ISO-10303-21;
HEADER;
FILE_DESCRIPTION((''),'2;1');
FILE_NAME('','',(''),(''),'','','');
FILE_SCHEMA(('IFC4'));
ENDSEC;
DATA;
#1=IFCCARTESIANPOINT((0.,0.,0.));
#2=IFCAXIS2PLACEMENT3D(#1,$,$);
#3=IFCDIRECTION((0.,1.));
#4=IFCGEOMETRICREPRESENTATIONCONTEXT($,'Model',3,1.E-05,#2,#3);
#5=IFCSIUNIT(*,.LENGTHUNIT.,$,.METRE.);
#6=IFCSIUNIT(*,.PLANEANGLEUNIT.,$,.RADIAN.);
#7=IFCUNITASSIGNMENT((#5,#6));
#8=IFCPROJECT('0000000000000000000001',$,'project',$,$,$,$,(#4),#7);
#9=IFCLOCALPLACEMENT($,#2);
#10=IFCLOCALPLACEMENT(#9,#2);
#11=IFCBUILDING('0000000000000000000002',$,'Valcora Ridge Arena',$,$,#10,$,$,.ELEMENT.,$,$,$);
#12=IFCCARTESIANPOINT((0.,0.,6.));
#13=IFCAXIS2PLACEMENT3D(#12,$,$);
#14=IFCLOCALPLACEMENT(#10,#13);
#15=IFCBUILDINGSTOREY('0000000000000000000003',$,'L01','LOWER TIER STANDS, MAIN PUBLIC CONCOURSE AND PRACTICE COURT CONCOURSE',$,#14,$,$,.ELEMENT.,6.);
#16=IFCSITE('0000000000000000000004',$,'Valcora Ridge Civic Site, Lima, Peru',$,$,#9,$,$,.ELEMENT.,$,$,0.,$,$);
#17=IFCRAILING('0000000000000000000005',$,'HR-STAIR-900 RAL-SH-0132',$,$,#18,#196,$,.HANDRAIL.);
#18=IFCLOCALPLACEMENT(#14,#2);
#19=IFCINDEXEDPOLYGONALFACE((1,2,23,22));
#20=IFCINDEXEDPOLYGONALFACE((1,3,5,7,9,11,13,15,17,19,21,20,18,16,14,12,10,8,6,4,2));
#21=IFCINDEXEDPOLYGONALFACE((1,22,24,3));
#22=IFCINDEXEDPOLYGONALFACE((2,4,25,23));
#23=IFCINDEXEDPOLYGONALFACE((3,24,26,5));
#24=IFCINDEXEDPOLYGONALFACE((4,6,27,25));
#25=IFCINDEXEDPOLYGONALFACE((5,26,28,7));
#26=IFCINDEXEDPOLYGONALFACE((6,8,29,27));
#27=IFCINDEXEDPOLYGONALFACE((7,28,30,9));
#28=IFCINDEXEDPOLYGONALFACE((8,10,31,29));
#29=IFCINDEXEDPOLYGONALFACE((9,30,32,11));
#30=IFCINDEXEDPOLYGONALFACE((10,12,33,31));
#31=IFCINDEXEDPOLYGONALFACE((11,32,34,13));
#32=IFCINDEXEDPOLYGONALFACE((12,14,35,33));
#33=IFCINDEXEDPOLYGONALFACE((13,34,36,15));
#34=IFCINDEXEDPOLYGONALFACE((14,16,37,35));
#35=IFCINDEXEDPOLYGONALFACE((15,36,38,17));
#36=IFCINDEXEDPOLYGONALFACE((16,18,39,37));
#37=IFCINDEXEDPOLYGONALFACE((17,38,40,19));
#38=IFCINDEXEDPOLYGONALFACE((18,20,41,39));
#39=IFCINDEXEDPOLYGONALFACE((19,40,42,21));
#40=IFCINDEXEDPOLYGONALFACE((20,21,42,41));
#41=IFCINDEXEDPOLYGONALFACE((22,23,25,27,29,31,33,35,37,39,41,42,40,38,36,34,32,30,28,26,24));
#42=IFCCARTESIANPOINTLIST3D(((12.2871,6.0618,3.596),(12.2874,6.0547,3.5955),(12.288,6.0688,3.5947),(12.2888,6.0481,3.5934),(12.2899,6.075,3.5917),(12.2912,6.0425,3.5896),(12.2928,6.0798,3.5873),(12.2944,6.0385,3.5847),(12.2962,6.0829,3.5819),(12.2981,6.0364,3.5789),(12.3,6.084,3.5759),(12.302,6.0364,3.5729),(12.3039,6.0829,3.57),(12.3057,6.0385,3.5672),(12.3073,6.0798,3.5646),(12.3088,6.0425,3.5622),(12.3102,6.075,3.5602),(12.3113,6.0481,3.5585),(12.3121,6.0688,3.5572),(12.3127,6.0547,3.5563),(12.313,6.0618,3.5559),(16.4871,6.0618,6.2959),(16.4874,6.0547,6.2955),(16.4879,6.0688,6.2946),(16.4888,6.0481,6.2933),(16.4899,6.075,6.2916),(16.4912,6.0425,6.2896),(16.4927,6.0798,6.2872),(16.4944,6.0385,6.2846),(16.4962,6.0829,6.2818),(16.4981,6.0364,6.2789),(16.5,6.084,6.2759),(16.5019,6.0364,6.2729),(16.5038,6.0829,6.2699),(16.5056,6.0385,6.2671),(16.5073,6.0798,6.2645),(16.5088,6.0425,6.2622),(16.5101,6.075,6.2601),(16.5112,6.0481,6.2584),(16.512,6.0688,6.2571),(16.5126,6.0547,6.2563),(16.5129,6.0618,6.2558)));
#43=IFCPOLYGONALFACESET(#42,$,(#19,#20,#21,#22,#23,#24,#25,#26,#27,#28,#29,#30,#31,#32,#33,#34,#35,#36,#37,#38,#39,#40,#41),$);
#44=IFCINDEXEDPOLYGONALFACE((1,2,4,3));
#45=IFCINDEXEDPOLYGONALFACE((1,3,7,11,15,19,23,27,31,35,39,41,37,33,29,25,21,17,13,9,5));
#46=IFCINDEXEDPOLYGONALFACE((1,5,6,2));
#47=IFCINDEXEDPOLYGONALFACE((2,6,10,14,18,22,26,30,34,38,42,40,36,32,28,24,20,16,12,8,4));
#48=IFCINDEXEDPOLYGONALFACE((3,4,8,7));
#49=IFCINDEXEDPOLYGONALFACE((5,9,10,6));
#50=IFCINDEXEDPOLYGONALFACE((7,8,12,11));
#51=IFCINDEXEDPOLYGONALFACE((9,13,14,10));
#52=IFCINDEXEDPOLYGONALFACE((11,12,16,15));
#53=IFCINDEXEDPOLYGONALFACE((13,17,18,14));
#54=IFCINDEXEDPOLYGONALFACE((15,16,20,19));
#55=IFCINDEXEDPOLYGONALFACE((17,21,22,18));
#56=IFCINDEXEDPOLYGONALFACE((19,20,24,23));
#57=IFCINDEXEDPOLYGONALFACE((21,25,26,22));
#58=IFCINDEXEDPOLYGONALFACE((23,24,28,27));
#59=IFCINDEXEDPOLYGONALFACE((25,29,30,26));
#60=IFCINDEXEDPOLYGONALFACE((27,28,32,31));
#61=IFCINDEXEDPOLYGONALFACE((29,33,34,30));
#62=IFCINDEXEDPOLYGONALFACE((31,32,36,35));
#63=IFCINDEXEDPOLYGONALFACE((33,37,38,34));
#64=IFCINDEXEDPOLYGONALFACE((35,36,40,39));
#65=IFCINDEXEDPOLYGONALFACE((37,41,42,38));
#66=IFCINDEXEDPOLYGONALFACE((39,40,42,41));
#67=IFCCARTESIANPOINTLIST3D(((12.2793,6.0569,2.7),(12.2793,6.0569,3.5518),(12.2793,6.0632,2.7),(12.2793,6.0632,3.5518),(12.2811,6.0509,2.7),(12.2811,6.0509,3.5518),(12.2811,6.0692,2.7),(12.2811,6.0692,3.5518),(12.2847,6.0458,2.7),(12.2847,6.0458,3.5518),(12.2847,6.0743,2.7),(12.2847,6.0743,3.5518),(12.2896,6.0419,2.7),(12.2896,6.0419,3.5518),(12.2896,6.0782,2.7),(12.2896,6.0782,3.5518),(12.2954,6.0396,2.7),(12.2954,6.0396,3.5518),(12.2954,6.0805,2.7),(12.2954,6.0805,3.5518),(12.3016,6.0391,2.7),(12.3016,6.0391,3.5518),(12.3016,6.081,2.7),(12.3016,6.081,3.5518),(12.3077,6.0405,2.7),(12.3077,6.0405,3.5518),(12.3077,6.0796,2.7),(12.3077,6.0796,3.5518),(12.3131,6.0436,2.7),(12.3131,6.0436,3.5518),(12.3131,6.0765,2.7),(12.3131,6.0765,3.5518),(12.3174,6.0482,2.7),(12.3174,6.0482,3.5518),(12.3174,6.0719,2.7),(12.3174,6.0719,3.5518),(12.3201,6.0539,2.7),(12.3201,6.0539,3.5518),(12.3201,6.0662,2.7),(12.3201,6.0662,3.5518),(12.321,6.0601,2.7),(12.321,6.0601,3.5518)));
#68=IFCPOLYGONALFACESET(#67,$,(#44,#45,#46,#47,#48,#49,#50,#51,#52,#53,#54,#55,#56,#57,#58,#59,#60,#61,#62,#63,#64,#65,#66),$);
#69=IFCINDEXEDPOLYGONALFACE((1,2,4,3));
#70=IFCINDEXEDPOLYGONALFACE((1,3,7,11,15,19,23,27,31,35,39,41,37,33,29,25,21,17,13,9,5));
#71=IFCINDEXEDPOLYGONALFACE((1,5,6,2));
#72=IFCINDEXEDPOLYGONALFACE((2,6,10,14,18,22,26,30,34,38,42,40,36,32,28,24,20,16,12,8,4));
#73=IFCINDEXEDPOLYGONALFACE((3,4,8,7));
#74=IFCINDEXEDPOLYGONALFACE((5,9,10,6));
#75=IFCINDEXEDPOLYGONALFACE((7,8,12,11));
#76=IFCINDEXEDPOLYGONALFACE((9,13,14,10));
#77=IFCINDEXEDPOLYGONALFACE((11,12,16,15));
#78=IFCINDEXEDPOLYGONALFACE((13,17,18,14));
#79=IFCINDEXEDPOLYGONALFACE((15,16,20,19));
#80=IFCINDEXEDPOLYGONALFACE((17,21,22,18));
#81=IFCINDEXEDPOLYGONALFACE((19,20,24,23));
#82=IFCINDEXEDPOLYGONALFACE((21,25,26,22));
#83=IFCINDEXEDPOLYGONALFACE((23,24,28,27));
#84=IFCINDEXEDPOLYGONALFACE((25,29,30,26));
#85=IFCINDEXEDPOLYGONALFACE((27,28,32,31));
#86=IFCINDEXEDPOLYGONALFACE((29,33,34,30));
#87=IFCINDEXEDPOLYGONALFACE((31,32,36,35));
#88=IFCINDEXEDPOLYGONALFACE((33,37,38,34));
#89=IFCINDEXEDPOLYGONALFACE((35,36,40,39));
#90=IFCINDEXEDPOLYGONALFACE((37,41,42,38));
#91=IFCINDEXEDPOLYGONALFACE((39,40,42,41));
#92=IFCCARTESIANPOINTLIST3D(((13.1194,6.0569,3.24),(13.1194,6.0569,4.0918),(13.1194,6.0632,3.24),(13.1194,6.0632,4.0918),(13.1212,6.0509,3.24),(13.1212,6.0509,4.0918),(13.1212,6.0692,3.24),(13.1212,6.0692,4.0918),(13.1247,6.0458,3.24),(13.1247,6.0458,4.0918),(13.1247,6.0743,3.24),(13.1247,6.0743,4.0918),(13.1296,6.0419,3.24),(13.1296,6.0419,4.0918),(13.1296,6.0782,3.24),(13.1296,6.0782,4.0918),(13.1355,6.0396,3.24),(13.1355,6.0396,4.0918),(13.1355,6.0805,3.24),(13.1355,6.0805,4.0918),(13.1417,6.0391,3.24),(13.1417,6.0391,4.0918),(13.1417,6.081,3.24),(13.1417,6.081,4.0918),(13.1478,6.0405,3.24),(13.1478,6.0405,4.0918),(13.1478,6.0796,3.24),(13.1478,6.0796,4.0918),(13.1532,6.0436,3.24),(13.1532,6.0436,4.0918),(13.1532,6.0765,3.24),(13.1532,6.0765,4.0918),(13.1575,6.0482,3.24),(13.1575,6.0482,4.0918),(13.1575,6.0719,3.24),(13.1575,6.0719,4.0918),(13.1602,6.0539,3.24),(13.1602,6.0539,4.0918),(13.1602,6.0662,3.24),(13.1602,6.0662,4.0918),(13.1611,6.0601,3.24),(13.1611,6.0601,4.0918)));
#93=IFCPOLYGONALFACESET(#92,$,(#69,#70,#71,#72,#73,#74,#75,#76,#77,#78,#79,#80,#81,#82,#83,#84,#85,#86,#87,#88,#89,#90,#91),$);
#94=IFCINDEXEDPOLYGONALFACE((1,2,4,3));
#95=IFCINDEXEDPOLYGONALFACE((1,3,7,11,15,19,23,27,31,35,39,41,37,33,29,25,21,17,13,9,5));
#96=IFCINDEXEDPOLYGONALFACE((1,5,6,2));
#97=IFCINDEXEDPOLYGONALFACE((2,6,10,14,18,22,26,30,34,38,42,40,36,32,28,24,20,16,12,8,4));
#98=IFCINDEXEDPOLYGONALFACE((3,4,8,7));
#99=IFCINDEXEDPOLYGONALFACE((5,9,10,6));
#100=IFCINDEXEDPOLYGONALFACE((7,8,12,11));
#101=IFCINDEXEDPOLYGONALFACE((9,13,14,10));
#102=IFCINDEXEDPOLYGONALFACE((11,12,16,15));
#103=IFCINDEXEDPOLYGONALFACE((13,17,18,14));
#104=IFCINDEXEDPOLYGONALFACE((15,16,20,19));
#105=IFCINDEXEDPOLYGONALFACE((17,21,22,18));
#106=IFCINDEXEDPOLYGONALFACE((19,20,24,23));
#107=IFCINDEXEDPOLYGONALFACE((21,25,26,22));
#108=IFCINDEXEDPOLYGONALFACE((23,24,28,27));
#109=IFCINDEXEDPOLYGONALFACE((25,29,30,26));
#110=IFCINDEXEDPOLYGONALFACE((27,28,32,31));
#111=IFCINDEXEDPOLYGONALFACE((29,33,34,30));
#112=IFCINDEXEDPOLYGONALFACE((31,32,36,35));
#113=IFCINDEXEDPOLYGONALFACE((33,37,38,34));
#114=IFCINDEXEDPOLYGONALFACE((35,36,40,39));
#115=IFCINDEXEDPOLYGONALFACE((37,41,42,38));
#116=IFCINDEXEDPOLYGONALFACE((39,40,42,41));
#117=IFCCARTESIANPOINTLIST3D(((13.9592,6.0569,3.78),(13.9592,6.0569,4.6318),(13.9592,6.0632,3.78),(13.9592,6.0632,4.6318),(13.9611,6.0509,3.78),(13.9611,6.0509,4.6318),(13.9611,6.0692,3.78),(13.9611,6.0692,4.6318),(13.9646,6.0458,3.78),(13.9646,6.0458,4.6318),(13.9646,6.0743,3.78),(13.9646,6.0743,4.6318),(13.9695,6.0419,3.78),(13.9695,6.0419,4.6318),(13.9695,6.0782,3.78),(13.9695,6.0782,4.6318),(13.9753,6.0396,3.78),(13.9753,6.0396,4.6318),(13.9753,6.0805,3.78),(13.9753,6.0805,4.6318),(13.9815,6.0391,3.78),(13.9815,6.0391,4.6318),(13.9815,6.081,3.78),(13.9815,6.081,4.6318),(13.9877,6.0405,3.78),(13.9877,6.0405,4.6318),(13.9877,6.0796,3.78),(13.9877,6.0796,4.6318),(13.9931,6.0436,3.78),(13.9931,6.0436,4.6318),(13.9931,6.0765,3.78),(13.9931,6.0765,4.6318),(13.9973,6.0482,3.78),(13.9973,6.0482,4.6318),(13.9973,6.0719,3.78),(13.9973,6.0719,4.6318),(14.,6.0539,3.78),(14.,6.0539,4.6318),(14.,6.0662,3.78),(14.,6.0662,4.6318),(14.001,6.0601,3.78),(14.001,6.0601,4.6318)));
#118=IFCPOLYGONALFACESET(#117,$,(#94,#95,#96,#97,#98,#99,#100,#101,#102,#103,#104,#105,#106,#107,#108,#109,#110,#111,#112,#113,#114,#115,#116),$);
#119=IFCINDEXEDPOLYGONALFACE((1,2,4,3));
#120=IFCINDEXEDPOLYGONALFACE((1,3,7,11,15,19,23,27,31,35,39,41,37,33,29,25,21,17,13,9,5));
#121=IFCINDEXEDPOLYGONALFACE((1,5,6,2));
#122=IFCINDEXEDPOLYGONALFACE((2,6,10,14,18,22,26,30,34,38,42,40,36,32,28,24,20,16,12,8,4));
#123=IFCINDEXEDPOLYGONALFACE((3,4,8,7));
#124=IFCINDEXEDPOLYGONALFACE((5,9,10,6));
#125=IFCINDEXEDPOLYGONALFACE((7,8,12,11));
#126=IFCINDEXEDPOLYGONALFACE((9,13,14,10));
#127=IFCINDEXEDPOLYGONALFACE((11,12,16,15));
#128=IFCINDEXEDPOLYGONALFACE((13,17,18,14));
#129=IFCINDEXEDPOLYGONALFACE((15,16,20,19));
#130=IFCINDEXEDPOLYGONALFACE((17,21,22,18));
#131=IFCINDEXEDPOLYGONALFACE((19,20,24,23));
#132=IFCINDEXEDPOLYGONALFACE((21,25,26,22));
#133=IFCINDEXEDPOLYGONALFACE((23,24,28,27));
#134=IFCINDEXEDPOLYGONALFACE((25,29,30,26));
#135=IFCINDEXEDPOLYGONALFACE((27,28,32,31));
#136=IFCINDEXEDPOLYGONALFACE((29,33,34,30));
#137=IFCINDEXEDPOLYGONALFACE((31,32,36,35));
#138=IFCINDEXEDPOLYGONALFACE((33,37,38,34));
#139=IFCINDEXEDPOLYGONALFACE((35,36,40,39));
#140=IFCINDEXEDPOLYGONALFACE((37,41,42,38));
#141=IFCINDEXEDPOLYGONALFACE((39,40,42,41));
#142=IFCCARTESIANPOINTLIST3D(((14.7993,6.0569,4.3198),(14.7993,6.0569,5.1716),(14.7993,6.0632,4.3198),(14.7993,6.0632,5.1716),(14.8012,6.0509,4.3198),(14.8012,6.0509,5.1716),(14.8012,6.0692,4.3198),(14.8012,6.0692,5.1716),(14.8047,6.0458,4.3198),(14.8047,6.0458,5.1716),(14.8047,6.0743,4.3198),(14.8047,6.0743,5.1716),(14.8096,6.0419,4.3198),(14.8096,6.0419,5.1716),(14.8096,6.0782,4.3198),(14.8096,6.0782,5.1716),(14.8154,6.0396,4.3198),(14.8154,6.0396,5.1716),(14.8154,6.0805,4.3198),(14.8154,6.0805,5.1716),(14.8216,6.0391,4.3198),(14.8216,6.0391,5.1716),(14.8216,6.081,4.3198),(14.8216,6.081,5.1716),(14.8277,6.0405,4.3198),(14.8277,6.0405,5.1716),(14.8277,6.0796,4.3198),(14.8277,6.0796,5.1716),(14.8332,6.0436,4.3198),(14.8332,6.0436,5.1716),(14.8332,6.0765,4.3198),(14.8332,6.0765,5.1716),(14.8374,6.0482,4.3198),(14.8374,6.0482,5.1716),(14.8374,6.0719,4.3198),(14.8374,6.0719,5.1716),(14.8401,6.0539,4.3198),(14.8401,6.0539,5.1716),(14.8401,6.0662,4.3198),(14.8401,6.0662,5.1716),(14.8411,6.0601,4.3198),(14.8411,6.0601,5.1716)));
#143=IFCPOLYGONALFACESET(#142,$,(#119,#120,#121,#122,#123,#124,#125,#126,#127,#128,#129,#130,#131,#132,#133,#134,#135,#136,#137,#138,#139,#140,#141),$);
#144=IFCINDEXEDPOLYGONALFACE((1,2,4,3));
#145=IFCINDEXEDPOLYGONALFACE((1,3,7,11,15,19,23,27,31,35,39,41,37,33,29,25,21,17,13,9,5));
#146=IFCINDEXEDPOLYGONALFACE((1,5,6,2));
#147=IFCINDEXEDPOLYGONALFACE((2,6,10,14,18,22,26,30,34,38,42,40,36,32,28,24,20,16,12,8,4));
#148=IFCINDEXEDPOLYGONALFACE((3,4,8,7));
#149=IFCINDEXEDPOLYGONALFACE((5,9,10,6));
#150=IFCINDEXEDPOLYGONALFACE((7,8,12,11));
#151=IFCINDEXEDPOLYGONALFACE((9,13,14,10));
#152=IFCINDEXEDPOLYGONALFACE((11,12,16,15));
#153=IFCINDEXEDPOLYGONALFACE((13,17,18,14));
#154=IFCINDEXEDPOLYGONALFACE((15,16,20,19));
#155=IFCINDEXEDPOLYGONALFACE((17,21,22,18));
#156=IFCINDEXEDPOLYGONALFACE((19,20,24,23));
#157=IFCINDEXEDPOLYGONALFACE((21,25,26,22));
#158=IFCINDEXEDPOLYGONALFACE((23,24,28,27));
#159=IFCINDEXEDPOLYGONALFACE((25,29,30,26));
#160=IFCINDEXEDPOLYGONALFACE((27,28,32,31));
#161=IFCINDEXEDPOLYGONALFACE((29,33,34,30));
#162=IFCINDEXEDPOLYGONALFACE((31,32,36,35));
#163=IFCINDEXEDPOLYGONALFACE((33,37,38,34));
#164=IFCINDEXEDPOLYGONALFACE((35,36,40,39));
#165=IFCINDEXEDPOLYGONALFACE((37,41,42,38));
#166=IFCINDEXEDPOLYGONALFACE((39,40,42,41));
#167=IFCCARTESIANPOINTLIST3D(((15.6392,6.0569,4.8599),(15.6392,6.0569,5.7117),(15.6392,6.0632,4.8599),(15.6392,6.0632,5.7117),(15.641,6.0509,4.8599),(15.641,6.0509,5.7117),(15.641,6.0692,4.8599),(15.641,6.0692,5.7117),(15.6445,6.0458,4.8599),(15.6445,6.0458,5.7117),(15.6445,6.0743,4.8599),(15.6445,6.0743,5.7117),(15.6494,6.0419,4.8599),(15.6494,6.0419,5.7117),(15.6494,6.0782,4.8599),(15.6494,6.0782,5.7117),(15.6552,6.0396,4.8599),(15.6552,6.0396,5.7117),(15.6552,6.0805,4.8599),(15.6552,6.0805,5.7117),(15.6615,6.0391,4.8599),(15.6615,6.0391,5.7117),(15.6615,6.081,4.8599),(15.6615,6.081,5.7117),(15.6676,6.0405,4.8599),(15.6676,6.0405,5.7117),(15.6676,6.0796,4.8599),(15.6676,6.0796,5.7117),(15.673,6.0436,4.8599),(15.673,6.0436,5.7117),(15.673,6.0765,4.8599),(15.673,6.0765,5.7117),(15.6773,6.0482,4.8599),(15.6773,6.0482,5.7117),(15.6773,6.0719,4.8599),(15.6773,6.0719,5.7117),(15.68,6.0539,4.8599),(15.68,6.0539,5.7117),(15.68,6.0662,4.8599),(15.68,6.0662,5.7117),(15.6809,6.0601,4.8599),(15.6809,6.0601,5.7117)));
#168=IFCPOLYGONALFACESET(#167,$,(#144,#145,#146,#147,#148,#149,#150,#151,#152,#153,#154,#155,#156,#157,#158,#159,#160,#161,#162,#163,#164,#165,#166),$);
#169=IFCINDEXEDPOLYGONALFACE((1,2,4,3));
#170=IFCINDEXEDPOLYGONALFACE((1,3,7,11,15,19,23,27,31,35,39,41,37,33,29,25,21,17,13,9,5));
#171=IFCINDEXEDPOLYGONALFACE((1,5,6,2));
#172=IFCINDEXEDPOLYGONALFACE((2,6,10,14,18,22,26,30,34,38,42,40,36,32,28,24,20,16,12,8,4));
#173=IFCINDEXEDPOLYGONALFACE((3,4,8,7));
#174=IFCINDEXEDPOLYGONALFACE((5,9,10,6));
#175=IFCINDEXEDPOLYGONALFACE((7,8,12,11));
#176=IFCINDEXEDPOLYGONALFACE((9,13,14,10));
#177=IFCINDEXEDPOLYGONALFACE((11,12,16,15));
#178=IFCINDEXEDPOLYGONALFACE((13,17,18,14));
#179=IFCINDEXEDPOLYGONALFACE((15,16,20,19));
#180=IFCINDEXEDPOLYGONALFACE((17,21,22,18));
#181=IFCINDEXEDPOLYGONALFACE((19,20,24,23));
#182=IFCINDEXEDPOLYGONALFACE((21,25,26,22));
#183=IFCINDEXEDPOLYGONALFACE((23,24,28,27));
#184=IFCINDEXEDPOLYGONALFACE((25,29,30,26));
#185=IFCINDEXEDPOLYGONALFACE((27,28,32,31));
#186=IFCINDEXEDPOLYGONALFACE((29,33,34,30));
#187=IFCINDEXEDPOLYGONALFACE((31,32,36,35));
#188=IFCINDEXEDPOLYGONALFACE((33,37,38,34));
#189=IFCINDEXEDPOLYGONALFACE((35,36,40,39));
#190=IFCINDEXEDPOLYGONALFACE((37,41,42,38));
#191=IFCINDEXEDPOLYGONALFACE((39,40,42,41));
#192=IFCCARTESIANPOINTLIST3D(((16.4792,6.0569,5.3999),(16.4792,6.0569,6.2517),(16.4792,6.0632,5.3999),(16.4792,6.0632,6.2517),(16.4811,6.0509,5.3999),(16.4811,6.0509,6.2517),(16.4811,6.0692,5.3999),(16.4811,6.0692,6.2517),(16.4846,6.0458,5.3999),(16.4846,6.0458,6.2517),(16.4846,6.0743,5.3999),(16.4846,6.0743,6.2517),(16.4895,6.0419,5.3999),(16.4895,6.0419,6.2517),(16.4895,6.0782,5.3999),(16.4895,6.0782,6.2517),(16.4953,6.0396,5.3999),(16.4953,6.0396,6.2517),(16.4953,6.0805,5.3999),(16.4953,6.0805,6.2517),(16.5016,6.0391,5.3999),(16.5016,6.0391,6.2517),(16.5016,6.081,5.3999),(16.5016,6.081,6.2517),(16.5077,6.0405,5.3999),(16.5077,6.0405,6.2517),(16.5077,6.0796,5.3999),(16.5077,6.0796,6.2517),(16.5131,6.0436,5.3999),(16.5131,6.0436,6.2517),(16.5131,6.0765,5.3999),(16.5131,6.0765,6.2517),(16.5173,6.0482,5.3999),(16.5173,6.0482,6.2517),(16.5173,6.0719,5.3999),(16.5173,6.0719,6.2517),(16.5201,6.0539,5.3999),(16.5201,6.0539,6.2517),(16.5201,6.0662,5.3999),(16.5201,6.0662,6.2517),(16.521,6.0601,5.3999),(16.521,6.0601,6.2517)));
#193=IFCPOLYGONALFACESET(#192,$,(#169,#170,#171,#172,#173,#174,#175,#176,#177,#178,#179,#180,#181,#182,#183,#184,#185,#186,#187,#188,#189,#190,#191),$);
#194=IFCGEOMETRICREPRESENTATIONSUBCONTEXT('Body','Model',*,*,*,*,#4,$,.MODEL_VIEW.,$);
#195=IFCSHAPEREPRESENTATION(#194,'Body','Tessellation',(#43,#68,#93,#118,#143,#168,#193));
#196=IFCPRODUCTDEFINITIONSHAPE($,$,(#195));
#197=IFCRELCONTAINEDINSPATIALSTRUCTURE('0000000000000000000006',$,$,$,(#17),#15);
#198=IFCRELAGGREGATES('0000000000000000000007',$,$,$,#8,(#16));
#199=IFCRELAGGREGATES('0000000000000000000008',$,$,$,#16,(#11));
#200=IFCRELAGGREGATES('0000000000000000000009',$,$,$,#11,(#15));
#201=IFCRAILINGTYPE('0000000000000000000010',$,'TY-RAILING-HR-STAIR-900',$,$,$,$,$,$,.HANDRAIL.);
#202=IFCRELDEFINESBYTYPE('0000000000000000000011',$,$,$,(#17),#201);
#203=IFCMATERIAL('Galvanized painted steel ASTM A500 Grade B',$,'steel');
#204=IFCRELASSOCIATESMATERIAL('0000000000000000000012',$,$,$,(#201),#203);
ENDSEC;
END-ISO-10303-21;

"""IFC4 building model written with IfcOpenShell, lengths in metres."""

from ifc_helpers import new_model, si_unit, direction, frame, origin, origin_2d, place, context, subcontext, project, spatial, circle, extrude, material, type_object, element, save


model = new_model("IFC4")

# Units and contexts
model_context = context("Model", 3, precision=1e-05, world=origin(), true_north=direction((0.0, 1.0)))
body_context = subcontext(model_context, "Body", "Model", "MODEL_VIEW")
ifc_project = project(units=[si_unit("LENGTHUNIT", "METRE"), si_unit("PLANEANGLEUNIT", "RADIAN")], contexts=[model_context])

# Site, building, storey
site_placement = place(None, origin())
site = spatial("IfcSite", under=ifc_project, at=site_placement, Name="Valcora Ridge Civic Site, Lima, Peru", CompositionType="ELEMENT", RefElevation=0.0)
building_placement = place(site_placement, origin())
building = spatial("IfcBuilding", under=site, at=building_placement, Name="Valcora Ridge Arena", CompositionType="ELEMENT")
storey_placement = place(building_placement, frame((0.0, 0.0, 6.0)))
storey = spatial("IfcBuildingStorey", under=building, at=storey_placement, Name="L01", Description="LOWER TIER STANDS, MAIN PUBLIC CONCOURSE AND PRACTICE COURT CONCOURSE", CompositionType="ELEMENT", Elevation=6.0)

# Railing
ifc_material_1 = material(Name="Galvanized painted steel ASTM A500 Grade B", Category="steel")
railing_type = type_object("IfcRailingType", Name="TY-RAILING-HR-STAIR-900", PredefinedType="HANDRAIL", material=ifc_material_1)
railing_placement = place(storey_placement, frame((12.3, 6.0601, 2.7)))
element("IfcRailing", 1, at=railing_placement, inside=storey, type_object=railing_type, Name="HR-STAIR-900 RAL-SH-0132", PredefinedType="HANDRAIL", context=body_context, shape_type="SweptSolid", body=[
    extrude(circle(Radius=0.0239, at=origin_2d()), frame((0.0, 0.0, 0.876), z_axis=(0.84118, 0.0, 0.540755), x_axis=(0.0, 1.0, 0.0)), (0.0, 0.0, 1.0), 4.9929),
    extrude(circle(Radius=0.021, at=origin_2d()), origin(), (0.0, 0.0, 1.0), 0.8518),
    extrude(circle(Radius=0.021, at=origin_2d()), frame((0.8401, 0.0, 0.54)), (0.0, 0.0, 1.0), 0.8518),
    extrude(circle(Radius=0.021, at=origin_2d()), frame((1.6799, 0.0, 1.0801)), (0.0, 0.0, 1.0), 0.8518),
    extrude(circle(Radius=0.021, at=origin_2d()), frame((2.52, 0.0, 1.6199)), (0.0, 0.0, 1.0), 0.8518),
    extrude(circle(Radius=0.021, at=origin_2d()), frame((3.3599, 0.0, 2.1599)), (0.0, 0.0, 1.0), 0.8518),
    extrude(circle(Radius=0.021, at=origin_2d()), frame((4.2, 0.0, 2.7)), (0.0, 0.0, 1.0), 0.8518),
])

save(model, "model.ifc")
